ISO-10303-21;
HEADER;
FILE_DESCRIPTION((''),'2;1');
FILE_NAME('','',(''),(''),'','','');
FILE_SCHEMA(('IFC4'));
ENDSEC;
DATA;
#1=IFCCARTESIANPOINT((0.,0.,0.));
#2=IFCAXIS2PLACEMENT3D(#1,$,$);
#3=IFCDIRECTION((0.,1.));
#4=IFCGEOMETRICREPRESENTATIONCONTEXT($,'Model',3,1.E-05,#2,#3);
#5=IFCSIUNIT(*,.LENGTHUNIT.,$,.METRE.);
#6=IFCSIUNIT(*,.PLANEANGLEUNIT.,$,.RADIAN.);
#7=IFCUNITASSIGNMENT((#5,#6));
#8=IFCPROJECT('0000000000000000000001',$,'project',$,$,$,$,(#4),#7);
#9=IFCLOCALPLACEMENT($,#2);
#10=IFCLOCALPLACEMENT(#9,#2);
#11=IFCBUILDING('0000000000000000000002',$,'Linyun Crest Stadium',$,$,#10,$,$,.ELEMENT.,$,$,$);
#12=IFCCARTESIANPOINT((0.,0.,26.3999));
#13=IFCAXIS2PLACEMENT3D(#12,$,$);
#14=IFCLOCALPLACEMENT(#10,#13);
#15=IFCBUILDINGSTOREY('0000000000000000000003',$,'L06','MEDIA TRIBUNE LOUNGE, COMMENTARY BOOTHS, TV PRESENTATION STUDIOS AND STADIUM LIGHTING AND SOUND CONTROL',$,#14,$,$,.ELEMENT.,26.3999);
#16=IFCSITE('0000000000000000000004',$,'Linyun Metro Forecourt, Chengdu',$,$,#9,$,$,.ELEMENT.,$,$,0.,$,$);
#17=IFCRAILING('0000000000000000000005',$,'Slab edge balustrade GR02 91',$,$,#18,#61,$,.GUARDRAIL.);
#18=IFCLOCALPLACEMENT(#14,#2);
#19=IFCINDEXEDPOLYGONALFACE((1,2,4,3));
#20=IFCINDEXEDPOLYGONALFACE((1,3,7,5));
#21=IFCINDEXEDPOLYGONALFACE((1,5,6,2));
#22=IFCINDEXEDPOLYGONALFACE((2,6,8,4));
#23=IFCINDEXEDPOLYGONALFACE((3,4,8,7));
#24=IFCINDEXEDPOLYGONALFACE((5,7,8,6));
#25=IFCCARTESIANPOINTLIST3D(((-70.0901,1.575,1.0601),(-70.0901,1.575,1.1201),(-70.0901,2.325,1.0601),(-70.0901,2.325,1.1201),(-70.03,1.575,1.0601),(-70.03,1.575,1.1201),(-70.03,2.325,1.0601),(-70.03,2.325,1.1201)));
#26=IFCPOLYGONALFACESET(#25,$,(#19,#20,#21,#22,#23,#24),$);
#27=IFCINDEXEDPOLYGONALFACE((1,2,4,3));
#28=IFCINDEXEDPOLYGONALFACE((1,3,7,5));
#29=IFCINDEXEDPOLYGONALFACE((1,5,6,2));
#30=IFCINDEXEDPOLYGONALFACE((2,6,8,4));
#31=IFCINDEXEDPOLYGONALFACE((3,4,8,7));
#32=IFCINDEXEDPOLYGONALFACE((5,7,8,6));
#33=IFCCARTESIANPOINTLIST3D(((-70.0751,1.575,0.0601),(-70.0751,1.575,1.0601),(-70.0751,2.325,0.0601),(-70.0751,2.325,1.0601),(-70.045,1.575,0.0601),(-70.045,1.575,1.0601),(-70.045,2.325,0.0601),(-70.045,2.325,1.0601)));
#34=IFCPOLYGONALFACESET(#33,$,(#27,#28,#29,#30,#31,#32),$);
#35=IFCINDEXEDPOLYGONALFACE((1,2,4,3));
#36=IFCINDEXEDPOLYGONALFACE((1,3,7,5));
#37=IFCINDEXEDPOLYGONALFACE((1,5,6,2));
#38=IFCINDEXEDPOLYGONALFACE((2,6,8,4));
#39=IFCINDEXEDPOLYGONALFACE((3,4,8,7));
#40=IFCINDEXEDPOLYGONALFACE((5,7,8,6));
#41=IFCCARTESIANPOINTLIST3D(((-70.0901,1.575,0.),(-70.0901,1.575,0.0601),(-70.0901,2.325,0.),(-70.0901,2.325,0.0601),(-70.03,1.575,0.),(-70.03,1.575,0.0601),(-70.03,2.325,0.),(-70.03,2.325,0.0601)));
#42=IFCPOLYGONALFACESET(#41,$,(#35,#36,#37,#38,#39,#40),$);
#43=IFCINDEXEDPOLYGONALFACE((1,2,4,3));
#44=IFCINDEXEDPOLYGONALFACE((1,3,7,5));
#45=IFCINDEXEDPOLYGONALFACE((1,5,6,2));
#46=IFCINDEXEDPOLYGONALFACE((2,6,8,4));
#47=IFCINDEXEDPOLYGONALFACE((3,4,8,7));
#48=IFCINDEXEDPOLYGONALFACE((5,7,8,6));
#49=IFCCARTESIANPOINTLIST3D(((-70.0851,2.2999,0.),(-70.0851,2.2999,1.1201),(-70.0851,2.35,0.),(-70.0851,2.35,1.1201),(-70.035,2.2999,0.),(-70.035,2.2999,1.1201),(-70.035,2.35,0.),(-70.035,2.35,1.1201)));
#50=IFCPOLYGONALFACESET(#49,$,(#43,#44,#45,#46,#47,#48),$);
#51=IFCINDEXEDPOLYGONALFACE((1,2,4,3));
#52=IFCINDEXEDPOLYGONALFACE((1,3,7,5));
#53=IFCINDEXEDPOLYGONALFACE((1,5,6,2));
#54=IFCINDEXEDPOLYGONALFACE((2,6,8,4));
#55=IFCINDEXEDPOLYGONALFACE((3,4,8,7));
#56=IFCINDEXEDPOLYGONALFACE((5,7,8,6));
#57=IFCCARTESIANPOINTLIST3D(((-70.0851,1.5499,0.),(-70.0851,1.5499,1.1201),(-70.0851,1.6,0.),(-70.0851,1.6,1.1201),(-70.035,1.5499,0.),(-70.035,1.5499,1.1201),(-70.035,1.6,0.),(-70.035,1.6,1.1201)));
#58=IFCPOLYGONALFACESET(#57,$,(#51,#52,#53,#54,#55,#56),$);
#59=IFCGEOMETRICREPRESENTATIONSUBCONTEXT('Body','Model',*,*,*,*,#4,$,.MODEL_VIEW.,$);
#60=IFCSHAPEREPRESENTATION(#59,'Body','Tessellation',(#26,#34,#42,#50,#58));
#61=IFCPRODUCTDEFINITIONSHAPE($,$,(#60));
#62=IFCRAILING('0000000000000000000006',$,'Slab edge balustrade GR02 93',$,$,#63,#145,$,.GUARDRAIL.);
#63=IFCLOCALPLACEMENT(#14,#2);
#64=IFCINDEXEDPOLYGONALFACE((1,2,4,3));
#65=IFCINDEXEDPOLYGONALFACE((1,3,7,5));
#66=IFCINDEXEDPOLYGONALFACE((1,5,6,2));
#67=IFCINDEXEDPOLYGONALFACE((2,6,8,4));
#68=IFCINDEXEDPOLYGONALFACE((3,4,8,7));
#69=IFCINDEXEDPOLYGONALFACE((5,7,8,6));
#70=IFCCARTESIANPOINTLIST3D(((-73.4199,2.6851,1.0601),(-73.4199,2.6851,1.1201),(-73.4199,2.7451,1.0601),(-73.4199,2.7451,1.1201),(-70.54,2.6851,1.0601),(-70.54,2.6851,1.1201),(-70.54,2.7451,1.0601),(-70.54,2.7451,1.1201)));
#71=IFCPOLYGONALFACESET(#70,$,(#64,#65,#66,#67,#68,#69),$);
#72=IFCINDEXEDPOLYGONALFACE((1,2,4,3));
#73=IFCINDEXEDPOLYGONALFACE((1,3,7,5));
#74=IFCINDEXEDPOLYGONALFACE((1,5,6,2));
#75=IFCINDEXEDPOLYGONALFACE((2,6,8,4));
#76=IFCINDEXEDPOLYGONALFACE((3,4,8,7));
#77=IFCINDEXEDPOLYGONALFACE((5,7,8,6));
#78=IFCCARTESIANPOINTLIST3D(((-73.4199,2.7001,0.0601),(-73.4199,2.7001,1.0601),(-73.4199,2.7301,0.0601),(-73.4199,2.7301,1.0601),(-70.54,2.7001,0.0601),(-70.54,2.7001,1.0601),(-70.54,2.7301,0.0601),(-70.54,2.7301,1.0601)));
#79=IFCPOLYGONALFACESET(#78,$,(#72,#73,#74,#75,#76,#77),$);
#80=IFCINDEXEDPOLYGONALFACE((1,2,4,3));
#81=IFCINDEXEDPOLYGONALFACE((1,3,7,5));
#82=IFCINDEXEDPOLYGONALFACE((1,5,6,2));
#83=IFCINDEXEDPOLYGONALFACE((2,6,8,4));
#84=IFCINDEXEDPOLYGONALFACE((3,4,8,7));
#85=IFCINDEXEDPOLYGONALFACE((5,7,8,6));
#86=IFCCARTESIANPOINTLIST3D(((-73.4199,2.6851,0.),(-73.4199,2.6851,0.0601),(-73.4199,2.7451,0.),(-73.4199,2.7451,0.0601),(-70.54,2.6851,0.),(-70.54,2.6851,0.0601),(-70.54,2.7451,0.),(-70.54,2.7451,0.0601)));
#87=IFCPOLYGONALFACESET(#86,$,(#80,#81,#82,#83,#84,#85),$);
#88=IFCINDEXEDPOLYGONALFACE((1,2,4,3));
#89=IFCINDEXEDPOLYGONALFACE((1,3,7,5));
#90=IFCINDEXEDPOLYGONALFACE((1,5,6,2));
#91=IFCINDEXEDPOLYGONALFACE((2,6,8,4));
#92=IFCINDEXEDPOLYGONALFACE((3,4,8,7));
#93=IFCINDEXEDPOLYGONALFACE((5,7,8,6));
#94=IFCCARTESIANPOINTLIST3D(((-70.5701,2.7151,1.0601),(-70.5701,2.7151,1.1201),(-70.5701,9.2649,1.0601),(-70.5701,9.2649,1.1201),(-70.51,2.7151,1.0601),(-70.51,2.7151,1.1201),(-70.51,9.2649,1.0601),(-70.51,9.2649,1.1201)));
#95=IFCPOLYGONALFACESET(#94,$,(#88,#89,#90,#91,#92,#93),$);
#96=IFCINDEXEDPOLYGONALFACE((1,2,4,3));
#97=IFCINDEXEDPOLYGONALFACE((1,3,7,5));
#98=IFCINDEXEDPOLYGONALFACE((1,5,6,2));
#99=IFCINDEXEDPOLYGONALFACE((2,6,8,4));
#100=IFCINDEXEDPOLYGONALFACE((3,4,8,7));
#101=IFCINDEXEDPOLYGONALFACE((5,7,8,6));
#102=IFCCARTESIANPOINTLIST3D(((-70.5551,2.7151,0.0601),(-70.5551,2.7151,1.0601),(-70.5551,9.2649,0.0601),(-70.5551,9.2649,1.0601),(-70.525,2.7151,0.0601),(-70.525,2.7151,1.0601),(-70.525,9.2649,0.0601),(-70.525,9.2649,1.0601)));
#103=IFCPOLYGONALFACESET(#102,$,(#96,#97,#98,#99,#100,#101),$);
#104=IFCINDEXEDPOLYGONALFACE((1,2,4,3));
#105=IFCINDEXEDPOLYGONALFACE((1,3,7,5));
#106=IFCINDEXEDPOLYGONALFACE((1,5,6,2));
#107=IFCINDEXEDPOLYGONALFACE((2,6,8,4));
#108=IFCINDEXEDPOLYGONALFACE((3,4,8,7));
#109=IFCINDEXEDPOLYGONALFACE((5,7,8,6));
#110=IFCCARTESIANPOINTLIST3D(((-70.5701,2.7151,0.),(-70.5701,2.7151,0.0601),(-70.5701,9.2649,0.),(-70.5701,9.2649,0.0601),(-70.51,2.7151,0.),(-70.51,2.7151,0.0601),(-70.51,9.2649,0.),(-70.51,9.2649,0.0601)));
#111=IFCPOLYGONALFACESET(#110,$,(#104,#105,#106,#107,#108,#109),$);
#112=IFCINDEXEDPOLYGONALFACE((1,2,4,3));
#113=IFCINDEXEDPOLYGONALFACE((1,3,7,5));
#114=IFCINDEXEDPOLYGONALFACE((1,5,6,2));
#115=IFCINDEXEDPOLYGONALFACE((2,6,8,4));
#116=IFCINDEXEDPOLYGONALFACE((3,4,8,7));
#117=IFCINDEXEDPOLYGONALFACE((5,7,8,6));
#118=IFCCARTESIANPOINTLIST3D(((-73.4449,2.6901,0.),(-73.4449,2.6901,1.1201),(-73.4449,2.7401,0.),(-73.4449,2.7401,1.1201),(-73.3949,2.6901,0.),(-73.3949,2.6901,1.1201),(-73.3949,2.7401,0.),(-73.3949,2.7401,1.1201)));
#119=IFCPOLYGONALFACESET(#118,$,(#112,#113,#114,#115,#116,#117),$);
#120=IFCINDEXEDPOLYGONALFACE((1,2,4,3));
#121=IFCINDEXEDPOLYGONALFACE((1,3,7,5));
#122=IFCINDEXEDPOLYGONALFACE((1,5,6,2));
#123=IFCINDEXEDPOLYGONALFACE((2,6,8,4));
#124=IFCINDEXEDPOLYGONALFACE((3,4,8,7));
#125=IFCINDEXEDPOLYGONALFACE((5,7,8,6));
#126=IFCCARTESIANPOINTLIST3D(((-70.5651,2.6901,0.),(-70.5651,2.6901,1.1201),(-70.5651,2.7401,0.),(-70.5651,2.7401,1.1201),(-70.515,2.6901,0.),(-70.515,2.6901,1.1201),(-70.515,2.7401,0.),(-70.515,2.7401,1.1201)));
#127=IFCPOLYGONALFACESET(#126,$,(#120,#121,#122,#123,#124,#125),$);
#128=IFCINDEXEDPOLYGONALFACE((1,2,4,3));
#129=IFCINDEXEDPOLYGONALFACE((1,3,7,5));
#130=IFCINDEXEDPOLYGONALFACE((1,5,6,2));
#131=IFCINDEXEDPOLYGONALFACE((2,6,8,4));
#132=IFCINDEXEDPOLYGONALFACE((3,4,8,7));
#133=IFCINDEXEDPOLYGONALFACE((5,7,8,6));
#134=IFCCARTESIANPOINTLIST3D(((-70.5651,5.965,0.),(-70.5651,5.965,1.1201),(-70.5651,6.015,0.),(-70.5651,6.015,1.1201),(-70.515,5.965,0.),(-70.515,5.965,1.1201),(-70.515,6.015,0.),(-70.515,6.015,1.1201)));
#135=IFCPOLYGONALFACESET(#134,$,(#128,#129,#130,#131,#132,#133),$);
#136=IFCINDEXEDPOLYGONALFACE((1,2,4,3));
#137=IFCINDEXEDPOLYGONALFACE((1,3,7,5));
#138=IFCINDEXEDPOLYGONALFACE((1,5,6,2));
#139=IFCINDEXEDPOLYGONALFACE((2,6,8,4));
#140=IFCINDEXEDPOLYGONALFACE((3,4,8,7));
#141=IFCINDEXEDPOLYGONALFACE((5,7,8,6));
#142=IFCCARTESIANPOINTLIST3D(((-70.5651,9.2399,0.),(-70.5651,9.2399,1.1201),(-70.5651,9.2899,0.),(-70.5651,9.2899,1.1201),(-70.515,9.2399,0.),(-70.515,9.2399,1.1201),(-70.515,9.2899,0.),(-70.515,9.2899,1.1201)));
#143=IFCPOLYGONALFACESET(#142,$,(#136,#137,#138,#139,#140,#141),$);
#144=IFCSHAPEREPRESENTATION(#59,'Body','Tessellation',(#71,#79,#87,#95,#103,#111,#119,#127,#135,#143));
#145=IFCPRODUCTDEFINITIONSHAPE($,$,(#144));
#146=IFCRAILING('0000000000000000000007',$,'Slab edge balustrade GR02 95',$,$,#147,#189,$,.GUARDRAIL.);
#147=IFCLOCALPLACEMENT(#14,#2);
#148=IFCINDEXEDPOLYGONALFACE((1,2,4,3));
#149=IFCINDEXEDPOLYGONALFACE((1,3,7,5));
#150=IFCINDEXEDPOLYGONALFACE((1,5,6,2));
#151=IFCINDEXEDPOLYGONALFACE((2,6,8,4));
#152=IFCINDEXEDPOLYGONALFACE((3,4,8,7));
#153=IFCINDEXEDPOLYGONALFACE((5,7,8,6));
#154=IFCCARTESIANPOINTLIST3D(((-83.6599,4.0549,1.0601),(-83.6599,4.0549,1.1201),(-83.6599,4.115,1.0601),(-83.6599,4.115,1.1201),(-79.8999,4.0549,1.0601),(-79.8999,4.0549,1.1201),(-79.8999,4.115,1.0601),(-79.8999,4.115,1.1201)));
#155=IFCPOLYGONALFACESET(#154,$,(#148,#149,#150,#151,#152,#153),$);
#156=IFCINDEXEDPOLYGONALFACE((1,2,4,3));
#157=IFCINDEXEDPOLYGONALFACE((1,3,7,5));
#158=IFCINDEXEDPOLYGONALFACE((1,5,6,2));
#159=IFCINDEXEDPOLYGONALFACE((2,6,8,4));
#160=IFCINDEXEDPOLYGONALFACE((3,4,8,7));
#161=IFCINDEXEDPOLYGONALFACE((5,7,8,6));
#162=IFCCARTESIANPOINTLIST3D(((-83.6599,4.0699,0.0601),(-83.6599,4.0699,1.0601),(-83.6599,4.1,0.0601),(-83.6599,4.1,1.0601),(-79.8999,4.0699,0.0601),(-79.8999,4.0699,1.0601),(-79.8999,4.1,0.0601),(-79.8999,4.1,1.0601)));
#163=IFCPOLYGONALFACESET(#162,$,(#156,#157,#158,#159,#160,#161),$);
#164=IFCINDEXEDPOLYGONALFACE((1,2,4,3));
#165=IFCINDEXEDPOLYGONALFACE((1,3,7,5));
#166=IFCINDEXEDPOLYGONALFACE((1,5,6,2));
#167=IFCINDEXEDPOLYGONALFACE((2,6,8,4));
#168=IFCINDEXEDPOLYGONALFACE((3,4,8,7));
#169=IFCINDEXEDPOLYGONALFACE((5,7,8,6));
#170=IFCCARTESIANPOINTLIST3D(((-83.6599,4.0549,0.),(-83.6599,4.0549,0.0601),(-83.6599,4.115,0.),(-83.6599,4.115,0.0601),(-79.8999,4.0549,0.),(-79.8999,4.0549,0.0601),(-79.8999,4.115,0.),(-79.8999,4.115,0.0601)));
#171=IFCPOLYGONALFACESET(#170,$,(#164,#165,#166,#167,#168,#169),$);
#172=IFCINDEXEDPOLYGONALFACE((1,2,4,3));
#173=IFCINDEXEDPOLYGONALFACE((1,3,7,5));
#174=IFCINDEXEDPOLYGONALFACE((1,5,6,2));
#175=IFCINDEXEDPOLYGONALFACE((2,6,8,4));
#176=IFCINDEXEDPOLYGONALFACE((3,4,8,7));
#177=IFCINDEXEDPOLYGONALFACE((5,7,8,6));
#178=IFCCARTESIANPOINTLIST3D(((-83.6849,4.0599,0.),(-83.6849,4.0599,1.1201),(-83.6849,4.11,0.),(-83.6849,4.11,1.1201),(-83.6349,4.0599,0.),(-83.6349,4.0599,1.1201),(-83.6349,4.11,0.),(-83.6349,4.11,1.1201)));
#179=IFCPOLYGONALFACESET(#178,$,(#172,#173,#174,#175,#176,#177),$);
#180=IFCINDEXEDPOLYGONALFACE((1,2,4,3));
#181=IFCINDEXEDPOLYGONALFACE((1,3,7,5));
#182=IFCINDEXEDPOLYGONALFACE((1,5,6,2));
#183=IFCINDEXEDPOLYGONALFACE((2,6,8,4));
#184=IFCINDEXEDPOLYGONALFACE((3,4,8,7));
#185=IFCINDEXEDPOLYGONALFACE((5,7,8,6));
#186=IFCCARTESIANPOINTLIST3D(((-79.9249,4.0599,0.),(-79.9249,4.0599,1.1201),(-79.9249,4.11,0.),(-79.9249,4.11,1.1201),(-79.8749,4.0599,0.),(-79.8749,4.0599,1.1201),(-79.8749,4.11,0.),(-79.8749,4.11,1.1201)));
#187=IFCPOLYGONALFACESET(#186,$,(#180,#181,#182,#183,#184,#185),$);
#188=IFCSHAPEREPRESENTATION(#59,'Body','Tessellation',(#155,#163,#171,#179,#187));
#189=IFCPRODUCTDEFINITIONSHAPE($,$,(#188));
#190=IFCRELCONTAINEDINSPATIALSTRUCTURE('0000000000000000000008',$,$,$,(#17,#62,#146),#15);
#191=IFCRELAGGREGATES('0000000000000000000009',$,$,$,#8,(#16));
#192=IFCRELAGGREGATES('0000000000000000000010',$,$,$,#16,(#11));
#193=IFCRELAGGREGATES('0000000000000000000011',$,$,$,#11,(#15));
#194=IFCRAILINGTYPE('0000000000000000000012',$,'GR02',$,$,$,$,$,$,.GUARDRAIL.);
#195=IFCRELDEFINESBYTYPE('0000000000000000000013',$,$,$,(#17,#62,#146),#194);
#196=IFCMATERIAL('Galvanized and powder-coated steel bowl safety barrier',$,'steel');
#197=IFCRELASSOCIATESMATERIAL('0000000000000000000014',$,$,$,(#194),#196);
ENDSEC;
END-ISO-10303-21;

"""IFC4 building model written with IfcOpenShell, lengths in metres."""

from ifc_helpers import new_model, si_unit, direction, frame, origin, origin_2d, place, context, subcontext, project, spatial, rectangle, extrude, material, type_object, element, save


model = new_model("IFC4")

# Units and contexts
model_context = context("Model", 3, precision=1e-05, world=origin(), true_north=direction((0.0, 1.0)))
body_context = subcontext(model_context, "Body", "Model", "MODEL_VIEW")
ifc_project = project(units=[si_unit("LENGTHUNIT", "METRE"), si_unit("PLANEANGLEUNIT", "RADIAN")], contexts=[model_context])

# Site, building, storey
site_placement = place(None, origin())
site = spatial("IfcSite", under=ifc_project, at=site_placement, Name="Linyun Metro Forecourt, Chengdu", CompositionType="ELEMENT", RefElevation=0.0)
building_placement = place(site_placement, origin())
building = spatial("IfcBuilding", under=site, at=building_placement, Name="Linyun Crest Stadium", CompositionType="ELEMENT")
storey_placement = place(building_placement, frame((0.0, 0.0, 26.3999)))
storey = spatial("IfcBuildingStorey", under=building, at=storey_placement, Name="L06", Description="MEDIA TRIBUNE LOUNGE, COMMENTARY BOOTHS, TV PRESENTATION STUDIOS AND STADIUM LIGHTING AND SOUND CONTROL", CompositionType="ELEMENT", Elevation=26.3999)

# Railings
ifc_material_1 = material(Name="Galvanized and powder-coated steel bowl safety barrier", Category="steel")
railing_type_1 = type_object("IfcRailingType", Name="GR02", PredefinedType="GUARDRAIL", material=ifc_material_1)
for number, where, name in (
    (1, (-70.0601, 2.325, 0.0), "Slab edge balustrade GR02 91"),
):
    element("IfcRailing", number, at=place(storey_placement, frame(where)), inside=storey, type_object=railing_type_1, Name=name, PredefinedType="GUARDRAIL", context=body_context, shape_type="SweptSolid", body=[
        extrude(rectangle(XDim=0.0601, YDim=0.0601, at=origin_2d()), frame((0.0, 0.0, 1.0901), z_axis=(0.0, -1.0, 0.0), x_axis=(1.0, 0.0, 0.0)), (0.0, 0.0, 1.0), 0.75),
        extrude(rectangle(XDim=0.03, YDim=1.0, at=origin_2d()), frame((0.0, 0.0, 0.5601), z_axis=(0.0, -1.0, 0.0), x_axis=(1.0, 0.0, 0.0)), (0.0, 0.0, 1.0), 0.75),
        extrude(rectangle(XDim=0.0601, YDim=0.0601, at=origin_2d()), frame((0.0, 0.0, 0.03), z_axis=(0.0, -1.0, 0.0), x_axis=(1.0, 0.0, 0.0)), (0.0, 0.0, 1.0), 0.75),
        extrude(rectangle(XDim=0.05, YDim=0.05, at=origin_2d()), origin(), (0.0, 0.0, 1.0), 1.1201),
        extrude(rectangle(XDim=0.05, YDim=0.05, at=origin_2d()), frame((0.0, -0.75, 0.0)), (0.0, 0.0, 1.0), 1.1201),
    ])
railing_1_placement = place(storey_placement, frame((-73.4199, 2.7151, 0.0)))
element("IfcRailing", 2, at=railing_1_placement, inside=storey, type_object=railing_type_1, Name="Slab edge balustrade GR02 93", PredefinedType="GUARDRAIL", context=body_context, shape_type="SweptSolid", body=[
    extrude(rectangle(XDim=0.0601, YDim=0.0601, at=origin_2d()), frame((0.0, 0.0, 1.0901), z_axis=(1.0, 0.0, 0.0), x_axis=(0.0, 1.0, 0.0)), (0.0, 0.0, 1.0), 2.8799),
    extrude(rectangle(XDim=0.03, YDim=1.0, at=origin_2d()), frame((0.0, 0.0, 0.5601), z_axis=(1.0, 0.0, 0.0), x_axis=(0.0, 1.0, 0.0)), (0.0, 0.0, 1.0), 2.8799),
    extrude(rectangle(XDim=0.0601, YDim=0.0601, at=origin_2d()), frame((0.0, 0.0, 0.03), z_axis=(1.0, 0.0, 0.0), x_axis=(0.0, 1.0, 0.0)), (0.0, 0.0, 1.0), 2.8799),
    extrude(rectangle(XDim=0.0601, YDim=0.0601, at=origin_2d()), frame((2.8799, 0.0, 1.0901), z_axis=(0.0, 1.0, 0.0), x_axis=(-1.0, 0.0, 0.0)), (0.0, 0.0, 1.0), 6.5498),
    extrude(rectangle(XDim=0.03, YDim=1.0, at=origin_2d()), frame((2.8799, 0.0, 0.5601), z_axis=(0.0, 1.0, 0.0), x_axis=(-1.0, 0.0, 0.0)), (0.0, 0.0, 1.0), 6.5498),
    extrude(rectangle(XDim=0.0601, YDim=0.0601, at=origin_2d()), frame((2.8799, 0.0, 0.03), z_axis=(0.0, 1.0, 0.0), x_axis=(-1.0, 0.0, 0.0)), (0.0, 0.0, 1.0), 6.5498),
    extrude(rectangle(XDim=0.05, YDim=0.05, at=origin_2d()), origin(), (0.0, 0.0, 1.0), 1.1201),
    extrude(rectangle(XDim=0.05, YDim=0.05, at=origin_2d()), frame((2.8799, 0.0, 0.0)), (0.0, 0.0, 1.0), 1.1201),
    extrude(rectangle(XDim=0.05, YDim=0.05, at=origin_2d()), frame((2.8799, 3.2749, 0.0)), (0.0, 0.0, 1.0), 1.1201),
    extrude(rectangle(XDim=0.05, YDim=0.05, at=origin_2d()), frame((2.8799, 6.5498, 0.0)), (0.0, 0.0, 1.0), 1.1201),
])
railing_2_placement = place(storey_placement, frame((-83.6599, 4.085, 0.0)))
element("IfcRailing", 3, at=railing_2_placement, inside=storey, type_object=railing_type_1, Name="Slab edge balustrade GR02 95", PredefinedType="GUARDRAIL", context=body_context, shape_type="SweptSolid", body=[
    extrude(rectangle(XDim=0.0601, YDim=0.0601, at=origin_2d()), frame((0.0, 0.0, 1.0901), z_axis=(1.0, 0.0, 0.0), x_axis=(0.0, 1.0, 0.0)), (0.0, 0.0, 1.0), 3.76),
    extrude(rectangle(XDim=0.03, YDim=1.0, at=origin_2d()), frame((0.0, 0.0, 0.5601), z_axis=(1.0, 0.0, 0.0), x_axis=(0.0, 1.0, 0.0)), (0.0, 0.0, 1.0), 3.76),
    extrude(rectangle(XDim=0.0601, YDim=0.0601, at=origin_2d()), frame((0.0, 0.0, 0.03), z_axis=(1.0, 0.0, 0.0), x_axis=(0.0, 1.0, 0.0)), (0.0, 0.0, 1.0), 3.76),
    extrude(rectangle(XDim=0.05, YDim=0.05, at=origin_2d()), origin(), (0.0, 0.0, 1.0), 1.1201),
    extrude(rectangle(XDim=0.05, YDim=0.05, at=origin_2d()), frame((3.76, 0.0, 0.0)), (0.0, 0.0, 1.0), 1.1201),
])

save(model, "model.ifc")
